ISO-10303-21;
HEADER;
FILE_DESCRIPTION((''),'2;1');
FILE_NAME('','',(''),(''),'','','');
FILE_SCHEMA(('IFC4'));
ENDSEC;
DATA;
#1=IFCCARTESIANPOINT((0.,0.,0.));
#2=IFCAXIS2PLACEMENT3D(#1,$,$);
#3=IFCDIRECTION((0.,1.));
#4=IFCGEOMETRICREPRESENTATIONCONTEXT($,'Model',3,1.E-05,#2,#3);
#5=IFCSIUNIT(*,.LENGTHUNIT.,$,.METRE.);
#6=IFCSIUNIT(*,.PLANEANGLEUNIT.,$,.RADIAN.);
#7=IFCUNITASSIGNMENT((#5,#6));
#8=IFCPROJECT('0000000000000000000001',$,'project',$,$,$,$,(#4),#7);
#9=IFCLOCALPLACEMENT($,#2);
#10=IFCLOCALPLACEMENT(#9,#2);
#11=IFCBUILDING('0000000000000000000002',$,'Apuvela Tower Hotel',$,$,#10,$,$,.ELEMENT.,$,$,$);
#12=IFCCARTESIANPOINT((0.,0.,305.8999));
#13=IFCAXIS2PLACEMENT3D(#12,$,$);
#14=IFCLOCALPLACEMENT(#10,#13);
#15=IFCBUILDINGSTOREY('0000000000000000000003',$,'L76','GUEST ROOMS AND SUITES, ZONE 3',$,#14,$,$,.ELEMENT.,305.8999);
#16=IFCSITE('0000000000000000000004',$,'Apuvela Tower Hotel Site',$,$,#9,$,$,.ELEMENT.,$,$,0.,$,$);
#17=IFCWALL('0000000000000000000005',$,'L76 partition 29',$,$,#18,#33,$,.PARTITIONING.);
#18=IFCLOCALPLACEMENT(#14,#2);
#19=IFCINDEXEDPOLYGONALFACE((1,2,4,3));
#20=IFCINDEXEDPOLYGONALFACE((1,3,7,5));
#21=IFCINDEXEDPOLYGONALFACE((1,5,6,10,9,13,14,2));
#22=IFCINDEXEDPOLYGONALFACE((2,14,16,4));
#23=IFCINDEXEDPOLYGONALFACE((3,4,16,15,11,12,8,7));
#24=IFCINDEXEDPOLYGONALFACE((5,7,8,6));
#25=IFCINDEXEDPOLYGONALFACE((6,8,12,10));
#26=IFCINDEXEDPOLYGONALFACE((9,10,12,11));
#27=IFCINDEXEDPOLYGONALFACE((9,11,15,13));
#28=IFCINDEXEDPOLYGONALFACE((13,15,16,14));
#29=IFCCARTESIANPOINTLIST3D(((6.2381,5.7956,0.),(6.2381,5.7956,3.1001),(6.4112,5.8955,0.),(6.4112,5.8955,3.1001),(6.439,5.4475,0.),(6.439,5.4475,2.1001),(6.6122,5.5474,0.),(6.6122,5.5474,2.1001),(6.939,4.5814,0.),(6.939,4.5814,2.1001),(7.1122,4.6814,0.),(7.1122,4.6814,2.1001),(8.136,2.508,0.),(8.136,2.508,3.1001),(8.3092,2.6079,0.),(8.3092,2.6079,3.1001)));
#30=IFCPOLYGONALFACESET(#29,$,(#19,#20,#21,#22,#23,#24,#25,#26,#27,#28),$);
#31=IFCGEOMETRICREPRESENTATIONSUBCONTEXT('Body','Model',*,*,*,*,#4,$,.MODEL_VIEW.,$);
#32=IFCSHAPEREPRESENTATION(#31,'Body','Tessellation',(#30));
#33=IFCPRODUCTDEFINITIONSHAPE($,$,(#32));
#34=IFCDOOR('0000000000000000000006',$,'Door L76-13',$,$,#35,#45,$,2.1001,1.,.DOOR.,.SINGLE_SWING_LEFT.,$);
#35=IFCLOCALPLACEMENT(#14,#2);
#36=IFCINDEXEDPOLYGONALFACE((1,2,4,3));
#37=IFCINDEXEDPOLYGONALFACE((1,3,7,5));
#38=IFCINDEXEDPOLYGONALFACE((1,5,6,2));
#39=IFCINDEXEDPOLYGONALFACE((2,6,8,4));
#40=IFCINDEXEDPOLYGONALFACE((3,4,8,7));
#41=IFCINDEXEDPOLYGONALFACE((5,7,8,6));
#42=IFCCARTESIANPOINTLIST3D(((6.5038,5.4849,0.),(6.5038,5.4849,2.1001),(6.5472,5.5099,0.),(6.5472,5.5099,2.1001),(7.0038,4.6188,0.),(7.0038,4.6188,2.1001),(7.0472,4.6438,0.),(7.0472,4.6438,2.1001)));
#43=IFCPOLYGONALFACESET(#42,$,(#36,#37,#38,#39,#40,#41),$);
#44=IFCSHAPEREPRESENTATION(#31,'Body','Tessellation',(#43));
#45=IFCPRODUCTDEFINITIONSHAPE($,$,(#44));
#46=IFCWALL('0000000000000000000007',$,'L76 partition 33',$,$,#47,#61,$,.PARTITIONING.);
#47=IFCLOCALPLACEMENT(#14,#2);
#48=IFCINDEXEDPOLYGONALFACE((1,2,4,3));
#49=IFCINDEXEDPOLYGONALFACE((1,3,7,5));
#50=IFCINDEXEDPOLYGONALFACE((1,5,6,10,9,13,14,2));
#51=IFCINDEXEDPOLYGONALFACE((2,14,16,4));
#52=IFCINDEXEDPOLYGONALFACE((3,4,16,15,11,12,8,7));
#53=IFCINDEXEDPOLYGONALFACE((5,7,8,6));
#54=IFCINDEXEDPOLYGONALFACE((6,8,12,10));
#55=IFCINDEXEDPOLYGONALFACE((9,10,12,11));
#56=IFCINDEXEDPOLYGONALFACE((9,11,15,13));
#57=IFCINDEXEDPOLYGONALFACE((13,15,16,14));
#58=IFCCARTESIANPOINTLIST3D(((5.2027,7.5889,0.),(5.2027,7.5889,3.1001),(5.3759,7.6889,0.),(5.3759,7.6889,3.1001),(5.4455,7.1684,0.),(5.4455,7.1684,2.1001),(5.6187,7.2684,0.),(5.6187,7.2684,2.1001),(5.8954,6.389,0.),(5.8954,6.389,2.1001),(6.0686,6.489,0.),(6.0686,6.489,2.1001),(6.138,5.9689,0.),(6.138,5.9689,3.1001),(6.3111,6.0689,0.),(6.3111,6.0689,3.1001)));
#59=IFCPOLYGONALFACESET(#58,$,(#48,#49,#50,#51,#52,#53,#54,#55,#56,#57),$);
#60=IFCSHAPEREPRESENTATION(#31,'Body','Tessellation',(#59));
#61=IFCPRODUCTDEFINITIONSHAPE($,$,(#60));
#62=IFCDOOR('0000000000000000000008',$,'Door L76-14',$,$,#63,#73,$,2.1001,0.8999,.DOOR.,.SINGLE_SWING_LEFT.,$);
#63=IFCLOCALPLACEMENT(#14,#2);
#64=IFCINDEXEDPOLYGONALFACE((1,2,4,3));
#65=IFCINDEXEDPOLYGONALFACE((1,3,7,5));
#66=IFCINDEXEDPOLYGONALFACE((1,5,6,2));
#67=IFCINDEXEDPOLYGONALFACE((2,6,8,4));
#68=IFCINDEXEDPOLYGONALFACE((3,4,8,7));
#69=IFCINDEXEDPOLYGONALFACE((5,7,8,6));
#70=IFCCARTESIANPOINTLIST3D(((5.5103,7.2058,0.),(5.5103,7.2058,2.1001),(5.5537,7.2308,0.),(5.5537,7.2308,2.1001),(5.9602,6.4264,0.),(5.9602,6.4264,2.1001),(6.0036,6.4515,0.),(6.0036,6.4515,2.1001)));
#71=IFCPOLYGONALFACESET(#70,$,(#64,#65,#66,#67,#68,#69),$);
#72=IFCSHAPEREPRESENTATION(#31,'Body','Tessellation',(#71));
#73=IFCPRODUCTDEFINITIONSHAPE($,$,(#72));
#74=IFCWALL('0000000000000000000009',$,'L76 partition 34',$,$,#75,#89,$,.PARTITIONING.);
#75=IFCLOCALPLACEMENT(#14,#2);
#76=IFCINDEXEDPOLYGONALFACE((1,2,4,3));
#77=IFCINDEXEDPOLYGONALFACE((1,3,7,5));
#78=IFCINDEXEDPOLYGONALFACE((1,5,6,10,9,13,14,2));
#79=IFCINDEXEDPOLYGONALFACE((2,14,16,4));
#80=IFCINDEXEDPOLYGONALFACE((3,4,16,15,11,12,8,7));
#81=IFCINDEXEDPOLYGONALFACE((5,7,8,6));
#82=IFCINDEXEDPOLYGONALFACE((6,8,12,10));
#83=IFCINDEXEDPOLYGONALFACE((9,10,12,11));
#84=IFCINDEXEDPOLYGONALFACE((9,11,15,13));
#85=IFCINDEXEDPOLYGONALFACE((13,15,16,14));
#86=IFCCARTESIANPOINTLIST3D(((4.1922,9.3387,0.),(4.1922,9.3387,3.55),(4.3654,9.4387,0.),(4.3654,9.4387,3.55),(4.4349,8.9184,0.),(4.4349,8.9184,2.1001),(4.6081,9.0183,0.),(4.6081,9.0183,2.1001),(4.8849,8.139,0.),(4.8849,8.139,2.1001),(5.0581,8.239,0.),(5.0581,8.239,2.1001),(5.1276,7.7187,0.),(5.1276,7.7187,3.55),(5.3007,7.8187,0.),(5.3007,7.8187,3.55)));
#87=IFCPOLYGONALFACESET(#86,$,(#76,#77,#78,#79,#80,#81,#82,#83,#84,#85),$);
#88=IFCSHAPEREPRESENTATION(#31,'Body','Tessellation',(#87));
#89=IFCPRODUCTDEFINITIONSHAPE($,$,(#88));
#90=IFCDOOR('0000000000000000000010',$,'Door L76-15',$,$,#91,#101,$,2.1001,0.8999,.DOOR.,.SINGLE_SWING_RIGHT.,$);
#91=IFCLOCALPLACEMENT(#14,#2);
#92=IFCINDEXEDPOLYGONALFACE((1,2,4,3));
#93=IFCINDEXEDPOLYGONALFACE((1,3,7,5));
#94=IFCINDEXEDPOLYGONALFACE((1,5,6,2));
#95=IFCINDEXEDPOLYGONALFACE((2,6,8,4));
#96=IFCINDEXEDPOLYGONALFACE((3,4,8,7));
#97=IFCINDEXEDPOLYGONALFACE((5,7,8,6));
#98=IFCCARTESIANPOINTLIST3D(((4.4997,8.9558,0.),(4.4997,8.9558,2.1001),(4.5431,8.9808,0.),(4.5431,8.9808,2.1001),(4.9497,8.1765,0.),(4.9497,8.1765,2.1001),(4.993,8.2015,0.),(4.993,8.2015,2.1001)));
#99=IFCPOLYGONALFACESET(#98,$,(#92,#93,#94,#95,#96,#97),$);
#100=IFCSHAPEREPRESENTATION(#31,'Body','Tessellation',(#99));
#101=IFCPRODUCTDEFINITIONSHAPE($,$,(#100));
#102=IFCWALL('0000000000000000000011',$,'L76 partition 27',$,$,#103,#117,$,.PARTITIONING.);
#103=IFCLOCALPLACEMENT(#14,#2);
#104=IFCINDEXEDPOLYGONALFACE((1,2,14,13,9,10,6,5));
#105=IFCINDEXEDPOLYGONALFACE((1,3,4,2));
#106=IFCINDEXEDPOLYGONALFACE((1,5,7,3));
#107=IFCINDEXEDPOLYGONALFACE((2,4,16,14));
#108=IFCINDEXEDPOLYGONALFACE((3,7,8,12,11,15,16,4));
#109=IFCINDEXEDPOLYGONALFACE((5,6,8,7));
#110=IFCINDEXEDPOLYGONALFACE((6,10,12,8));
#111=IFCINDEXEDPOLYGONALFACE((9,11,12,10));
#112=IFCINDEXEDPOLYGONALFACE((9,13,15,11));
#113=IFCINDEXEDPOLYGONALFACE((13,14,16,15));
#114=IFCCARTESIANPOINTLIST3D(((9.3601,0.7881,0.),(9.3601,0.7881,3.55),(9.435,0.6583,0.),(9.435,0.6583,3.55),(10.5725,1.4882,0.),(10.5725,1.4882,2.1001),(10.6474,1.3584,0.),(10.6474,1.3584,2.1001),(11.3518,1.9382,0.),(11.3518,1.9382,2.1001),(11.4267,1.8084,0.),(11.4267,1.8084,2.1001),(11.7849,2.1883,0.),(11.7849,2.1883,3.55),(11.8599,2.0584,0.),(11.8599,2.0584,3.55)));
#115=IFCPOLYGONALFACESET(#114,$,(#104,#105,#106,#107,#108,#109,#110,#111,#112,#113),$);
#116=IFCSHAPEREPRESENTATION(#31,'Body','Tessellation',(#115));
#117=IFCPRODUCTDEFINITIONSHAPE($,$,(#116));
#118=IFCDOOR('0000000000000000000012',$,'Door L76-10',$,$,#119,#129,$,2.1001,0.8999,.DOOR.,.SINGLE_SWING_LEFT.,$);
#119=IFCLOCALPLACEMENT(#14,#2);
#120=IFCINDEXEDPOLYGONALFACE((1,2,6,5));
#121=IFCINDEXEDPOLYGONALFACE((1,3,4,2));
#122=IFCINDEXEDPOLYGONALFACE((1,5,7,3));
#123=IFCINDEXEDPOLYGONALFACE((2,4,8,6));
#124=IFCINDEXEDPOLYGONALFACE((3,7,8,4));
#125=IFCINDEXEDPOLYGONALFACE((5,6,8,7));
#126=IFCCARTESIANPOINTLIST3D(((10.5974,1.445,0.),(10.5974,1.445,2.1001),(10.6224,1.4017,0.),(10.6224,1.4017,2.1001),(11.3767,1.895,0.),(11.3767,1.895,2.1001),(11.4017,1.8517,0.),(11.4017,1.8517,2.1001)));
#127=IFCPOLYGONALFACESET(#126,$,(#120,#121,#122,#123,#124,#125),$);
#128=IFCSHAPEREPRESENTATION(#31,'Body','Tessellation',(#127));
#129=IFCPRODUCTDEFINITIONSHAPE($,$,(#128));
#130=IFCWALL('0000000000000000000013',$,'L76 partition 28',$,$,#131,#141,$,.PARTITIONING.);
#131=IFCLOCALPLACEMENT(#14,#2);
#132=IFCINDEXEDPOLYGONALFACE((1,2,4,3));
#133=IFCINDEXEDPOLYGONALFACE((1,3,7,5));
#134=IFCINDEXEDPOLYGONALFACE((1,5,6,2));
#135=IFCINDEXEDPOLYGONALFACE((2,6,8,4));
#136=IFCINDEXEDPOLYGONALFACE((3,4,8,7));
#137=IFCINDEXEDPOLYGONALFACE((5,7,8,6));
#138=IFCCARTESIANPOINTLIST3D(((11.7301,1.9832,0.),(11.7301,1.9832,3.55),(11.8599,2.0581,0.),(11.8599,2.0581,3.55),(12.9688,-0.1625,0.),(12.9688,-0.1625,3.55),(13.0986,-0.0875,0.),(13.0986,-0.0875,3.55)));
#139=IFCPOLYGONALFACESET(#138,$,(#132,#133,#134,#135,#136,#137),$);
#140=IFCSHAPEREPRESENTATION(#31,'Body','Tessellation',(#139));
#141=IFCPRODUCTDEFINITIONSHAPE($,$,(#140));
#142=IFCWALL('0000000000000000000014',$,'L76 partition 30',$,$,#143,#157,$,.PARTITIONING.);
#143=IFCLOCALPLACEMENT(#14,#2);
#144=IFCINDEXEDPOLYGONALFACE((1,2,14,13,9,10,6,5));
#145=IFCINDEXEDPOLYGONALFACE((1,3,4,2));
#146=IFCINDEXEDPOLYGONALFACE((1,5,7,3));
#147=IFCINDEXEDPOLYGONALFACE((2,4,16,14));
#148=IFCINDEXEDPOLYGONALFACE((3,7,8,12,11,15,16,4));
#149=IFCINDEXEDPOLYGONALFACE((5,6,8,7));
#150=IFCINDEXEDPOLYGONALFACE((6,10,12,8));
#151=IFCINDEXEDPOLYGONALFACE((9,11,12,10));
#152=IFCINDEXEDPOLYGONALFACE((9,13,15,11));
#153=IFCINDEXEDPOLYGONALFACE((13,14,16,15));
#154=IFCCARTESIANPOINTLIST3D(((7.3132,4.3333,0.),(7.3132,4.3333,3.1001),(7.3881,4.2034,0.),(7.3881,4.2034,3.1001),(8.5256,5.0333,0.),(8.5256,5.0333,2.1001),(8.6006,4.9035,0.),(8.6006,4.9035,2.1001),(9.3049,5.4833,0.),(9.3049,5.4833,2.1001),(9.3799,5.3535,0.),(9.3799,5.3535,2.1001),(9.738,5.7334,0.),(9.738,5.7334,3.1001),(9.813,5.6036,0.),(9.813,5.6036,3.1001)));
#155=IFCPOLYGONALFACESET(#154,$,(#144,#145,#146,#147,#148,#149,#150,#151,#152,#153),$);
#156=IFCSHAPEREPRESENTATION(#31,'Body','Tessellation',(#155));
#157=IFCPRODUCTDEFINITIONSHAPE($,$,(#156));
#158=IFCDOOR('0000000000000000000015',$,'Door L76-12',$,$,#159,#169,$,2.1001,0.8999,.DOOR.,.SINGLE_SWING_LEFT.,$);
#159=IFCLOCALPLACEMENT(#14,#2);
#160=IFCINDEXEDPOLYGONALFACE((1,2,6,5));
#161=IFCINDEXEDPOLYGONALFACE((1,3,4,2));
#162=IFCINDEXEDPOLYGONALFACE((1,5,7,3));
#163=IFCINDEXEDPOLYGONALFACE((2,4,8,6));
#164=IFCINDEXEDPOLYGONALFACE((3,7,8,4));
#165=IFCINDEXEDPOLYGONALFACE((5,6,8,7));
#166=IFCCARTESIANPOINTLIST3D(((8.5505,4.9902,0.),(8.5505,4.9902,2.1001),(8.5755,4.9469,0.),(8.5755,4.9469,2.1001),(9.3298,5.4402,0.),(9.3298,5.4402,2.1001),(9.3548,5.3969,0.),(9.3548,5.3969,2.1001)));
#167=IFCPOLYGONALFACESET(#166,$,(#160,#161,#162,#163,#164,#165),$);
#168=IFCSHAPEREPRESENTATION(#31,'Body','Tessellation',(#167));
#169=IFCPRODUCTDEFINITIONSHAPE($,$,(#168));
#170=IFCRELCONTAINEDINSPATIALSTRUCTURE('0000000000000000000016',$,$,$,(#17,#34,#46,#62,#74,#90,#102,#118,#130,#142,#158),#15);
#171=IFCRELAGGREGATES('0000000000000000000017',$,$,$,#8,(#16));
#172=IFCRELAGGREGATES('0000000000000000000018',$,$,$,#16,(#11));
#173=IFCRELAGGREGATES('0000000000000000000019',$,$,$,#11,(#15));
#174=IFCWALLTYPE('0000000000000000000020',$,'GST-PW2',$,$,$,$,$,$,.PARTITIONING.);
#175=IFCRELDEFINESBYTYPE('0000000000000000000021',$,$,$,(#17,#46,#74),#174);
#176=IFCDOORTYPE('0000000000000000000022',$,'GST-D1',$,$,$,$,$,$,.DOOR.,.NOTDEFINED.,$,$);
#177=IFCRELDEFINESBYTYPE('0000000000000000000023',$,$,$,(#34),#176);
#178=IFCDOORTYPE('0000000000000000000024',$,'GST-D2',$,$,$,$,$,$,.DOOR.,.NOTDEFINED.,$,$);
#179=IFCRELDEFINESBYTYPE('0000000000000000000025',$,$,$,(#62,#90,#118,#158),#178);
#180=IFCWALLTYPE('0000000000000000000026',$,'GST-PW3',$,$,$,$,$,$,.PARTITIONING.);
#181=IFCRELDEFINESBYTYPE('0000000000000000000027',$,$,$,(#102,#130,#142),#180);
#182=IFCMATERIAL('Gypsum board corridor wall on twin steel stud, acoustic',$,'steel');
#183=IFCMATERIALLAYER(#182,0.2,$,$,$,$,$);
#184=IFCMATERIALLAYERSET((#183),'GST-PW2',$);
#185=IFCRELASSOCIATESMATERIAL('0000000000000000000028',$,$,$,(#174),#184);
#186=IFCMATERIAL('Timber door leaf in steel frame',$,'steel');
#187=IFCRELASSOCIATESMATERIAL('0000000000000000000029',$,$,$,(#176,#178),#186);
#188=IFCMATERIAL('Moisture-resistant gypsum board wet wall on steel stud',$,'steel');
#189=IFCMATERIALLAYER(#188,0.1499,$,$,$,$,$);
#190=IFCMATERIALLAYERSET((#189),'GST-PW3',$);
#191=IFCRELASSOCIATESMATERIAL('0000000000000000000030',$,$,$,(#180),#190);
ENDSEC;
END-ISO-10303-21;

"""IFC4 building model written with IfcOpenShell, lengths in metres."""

from ifc_helpers import new_model, si_unit, direction, frame, frame_2d, origin, place, context, subcontext, project, spatial, rectangle, extrude, material, layer, layer_set, type_object, element, fill, save


model = new_model("IFC4")

# Units and contexts
model_context = context("Model", 3, precision=1e-05, world=origin(), true_north=direction((0.0, 1.0)))
body_context = subcontext(model_context, "Body", "Model", "MODEL_VIEW")
ifc_project = project(units=[si_unit("LENGTHUNIT", "METRE"), si_unit("PLANEANGLEUNIT", "RADIAN")], contexts=[model_context])

# Site, building, storey
site_placement = place(None, origin())
site = spatial("IfcSite", under=ifc_project, at=site_placement, Name="Apuvela Tower Hotel Site", CompositionType="ELEMENT", RefElevation=0.0)
building_placement = place(site_placement, origin())
building = spatial("IfcBuilding", under=site, at=building_placement, Name="Apuvela Tower Hotel", CompositionType="ELEMENT")
storey_placement = place(building_placement, frame((0.0, 0.0, 305.8999)))
storey = spatial("IfcBuildingStorey", under=building, at=storey_placement, Name="L76", Description="GUEST ROOMS AND SUITES, ZONE 3", CompositionType="ELEMENT", Elevation=305.8999)

# Walls, openings, doors
ifc_material_1 = material(Name="Gypsum board corridor wall on twin steel stud, acoustic", Category="steel")
ifc_layer_1 = layer(ifc_material_1, 0.2)
ifc_layer_set_1 = layer_set([ifc_layer_1], Name="GST-PW2")
wall_type_1 = type_object("IfcWallType", Name="GST-PW2", PredefinedType="PARTITIONING", material=ifc_layer_set_1)
ifc_material_2 = material(Name="Timber door leaf in steel frame", Category="steel")
door_type_1 = type_object("IfcDoorType", Name="GST-D1", OperationType="NOTDEFINED", PredefinedType="DOOR", material=ifc_material_2)
wall_1_placement = place(storey_placement, frame((6.3247, 5.8455, 0.0), z_axis=(0.0, 0.0, 1.0), x_axis=(0.499971, -0.866042, 0.0)))
wall_1 = element("IfcWall", 1, at=wall_1_placement, inside=storey, type_object=wall_type_1, Name="L76 partition 29", PredefinedType="PARTITIONING", context=body_context, shape_type="SweptSolid", body=[
    extrude(rectangle(XDim=3.7961, YDim=0.2, at=frame_2d((1.8979, 0.0))), origin(), (0.0, 0.0, 1.0), 3.1001),
])
opening_1_placement = place(wall_1_placement, frame((0.4019, 0.0, 0.0)))
opening_1 = element("IfcOpeningElement", 2, at=opening_1_placement, cuts=wall_1, PredefinedType="OPENING", context=body_context, shape_type="SweptSolid", body=[
    extrude(rectangle(XDim=1.0, YDim=2.1001, at=frame_2d((0.5, 1.05))), frame((0.0, 0.1099, 0.0), z_axis=(0.0, -1.0, 0.0), x_axis=(1.0, 0.0, 0.0)), (0.0, 0.0, 1.0), 0.22),
])
door_1_placement = place(opening_1_placement, origin())
door_1 = element("IfcDoor", 3, at=door_1_placement, inside=storey, type_object=door_type_1, Name="Door L76-13", OperationType="SINGLE_SWING_LEFT", OverallHeight=2.1001, OverallWidth=1.0, PredefinedType="DOOR", context=body_context, shape_type="SweptSolid", body=[
    extrude(rectangle(XDim=1.0, YDim=2.1001, at=frame_2d((0.5, 1.05))), frame((0.0, 0.0249, 0.0), z_axis=(0.0, -1.0, 0.0), x_axis=(1.0, 0.0, 0.0)), (0.0, 0.0, 1.0), 0.05),
])
fill(opening_1, door_1)
wall_2_placement = place(storey_placement, frame((5.2893, 7.6389, 0.0), z_axis=(0.0, 0.0, 1.0), x_axis=(0.499971, -0.866042, 0.0)))
wall_2 = element("IfcWall", 4, at=wall_2_placement, inside=storey, type_object=wall_type_1, Name="L76 partition 33", PredefinedType="PARTITIONING", context=body_context, shape_type="SweptSolid", body=[
    extrude(rectangle(XDim=1.8706, YDim=0.2, at=frame_2d((0.9353, 0.0))), origin(), (0.0, 0.0, 1.0), 3.1001),
])
opening_2_placement = place(wall_2_placement, frame((0.4856, 0.0, 0.0)))
opening_2 = element("IfcOpeningElement", 5, at=opening_2_placement, cuts=wall_2, PredefinedType="OPENING", context=body_context, shape_type="SweptSolid", body=[
    extrude(rectangle(XDim=0.8999, YDim=2.1001, at=frame_2d((0.45, 1.05))), frame((0.0, 0.1099, 0.0), z_axis=(0.0, -1.0, 0.0), x_axis=(1.0, 0.0, 0.0)), (0.0, 0.0, 1.0), 0.22),
])
door_type_2 = type_object("IfcDoorType", Name="GST-D2", OperationType="NOTDEFINED", PredefinedType="DOOR", material=ifc_material_2)
door_2_placement = place(opening_2_placement, origin())
door_2 = element("IfcDoor", 6, at=door_2_placement, inside=storey, type_object=door_type_2, Name="Door L76-14", OperationType="SINGLE_SWING_LEFT", OverallHeight=2.1001, OverallWidth=0.8999, PredefinedType="DOOR", context=body_context, shape_type="SweptSolid", body=[
    extrude(rectangle(XDim=0.8999, YDim=2.1001, at=frame_2d((0.45, 1.05))), frame((0.0, 0.0249, 0.0), z_axis=(0.0, -1.0, 0.0), x_axis=(1.0, 0.0, 0.0)), (0.0, 0.0, 1.0), 0.05),
])
fill(opening_2, door_2)
wall_3_placement = place(storey_placement, frame((4.2788, 9.3887, 0.0), z_axis=(0.0, 0.0, 1.0), x_axis=(0.500028, -0.86601, 0.0)))
wall_3 = element("IfcWall", 7, at=wall_3_placement, inside=storey, type_object=wall_type_1, Name="L76 partition 34", PredefinedType="PARTITIONING", context=body_context, shape_type="SweptSolid", body=[
    extrude(rectangle(XDim=1.8706, YDim=0.2, at=frame_2d((0.9353, 0.0))), origin(), (0.0, 0.0, 1.0), 3.55),
])
opening_3_placement = place(wall_3_placement, frame((0.4854, 0.0, 0.0)))
opening_3 = element("IfcOpeningElement", 8, at=opening_3_placement, cuts=wall_3, PredefinedType="OPENING", context=body_context, shape_type="SweptSolid", body=[
    extrude(rectangle(XDim=0.8999, YDim=2.1001, at=frame_2d((0.45, 1.05))), frame((0.0, 0.1099, 0.0), z_axis=(0.0, -1.0, 0.0), x_axis=(1.0, 0.0, 0.0)), (0.0, 0.0, 1.0), 0.22),
])
door_3_placement = place(opening_3_placement, origin())
door_3 = element("IfcDoor", 9, at=door_3_placement, inside=storey, type_object=door_type_2, Name="Door L76-15", OperationType="SINGLE_SWING_RIGHT", OverallHeight=2.1001, OverallWidth=0.8999, PredefinedType="DOOR", context=body_context, shape_type="SweptSolid", body=[
    extrude(rectangle(XDim=0.8999, YDim=2.1001, at=frame_2d((0.45, 1.05))), frame((0.0, 0.0249, 0.0), z_axis=(0.0, -1.0, 0.0), x_axis=(1.0, 0.0, 0.0)), (0.0, 0.0, 1.0), 0.05),
])
fill(opening_3, door_3)
ifc_material_3 = material(Name="Moisture-resistant gypsum board wet wall on steel stud", Category="steel")
ifc_layer_2 = layer(ifc_material_3, 0.1499)
ifc_layer_set_2 = layer_set([ifc_layer_2], Name="GST-PW3")
wall_type_2 = type_object("IfcWallType", Name="GST-PW3", PredefinedType="PARTITIONING", material=ifc_layer_set_2)
wall_4_placement = place(storey_placement, frame((11.8223, 2.1233, 0.0), z_axis=(0.0, 0.0, 1.0), x_axis=(-0.865997, -0.50005, 0.0)))
wall_4 = element("IfcWall", 10, at=wall_4_placement, inside=storey, type_object=wall_type_2, Name="L76 partition 27", PredefinedType="PARTITIONING", context=body_context, shape_type="SweptSolid", body=[
    extrude(rectangle(XDim=2.8, YDim=0.1499, at=frame_2d((1.3999, 0.0))), origin(), (0.0, 0.0, 1.0), 3.55),
])
opening_4_placement = place(wall_4_placement, frame((0.5, 0.0, 0.0)))
opening_4 = element("IfcOpeningElement", 11, at=opening_4_placement, cuts=wall_4, PredefinedType="OPENING", context=body_context, shape_type="SweptSolid", body=[
    extrude(rectangle(XDim=0.8999, YDim=2.1001, at=frame_2d((0.45, 1.05))), frame((0.0, 0.085, 0.0), z_axis=(0.0, -1.0, 0.0), x_axis=(1.0, 0.0, 0.0)), (0.0, 0.0, 1.0), 0.1699),
])
door_4_placement = place(opening_4_placement, origin())
door_4 = element("IfcDoor", 12, at=door_4_placement, inside=storey, type_object=door_type_2, Name="Door L76-10", OperationType="SINGLE_SWING_LEFT", OverallHeight=2.1001, OverallWidth=0.8999, PredefinedType="DOOR", context=body_context, shape_type="SweptSolid", body=[
    extrude(rectangle(XDim=0.8999, YDim=2.1001, at=frame_2d((0.45, 1.05))), frame((0.0, 0.0249, 0.0), z_axis=(0.0, -1.0, 0.0), x_axis=(1.0, 0.0, 0.0)), (0.0, 0.0, 1.0), 0.05),
])
fill(opening_4, door_4)

# Wall
wall_5_placement = place(storey_placement, frame((13.0337, -0.125, 0.0), z_axis=(0.0, 0.0, 1.0), x_axis=(-0.499975, 0.86604, 0.0)))
element("IfcWall", 13, at=wall_5_placement, inside=storey, type_object=wall_type_2, Name="L76 partition 28", PredefinedType="PARTITIONING", context=body_context, shape_type="SweptSolid", body=[
    extrude(rectangle(XDim=2.4775, YDim=0.1499, at=frame_2d((1.2388, 0.0))), origin(), (0.0, 0.0, 1.0), 3.55),
])

# Wall, opening, door
wall_6_placement = place(storey_placement, frame((9.7754, 5.6685, 0.0), z_axis=(0.0, 0.0, 1.0), x_axis=(-0.865997, -0.50005, 0.0)))
wall_6 = element("IfcWall", 14, at=wall_6_placement, inside=storey, type_object=wall_type_2, Name="L76 partition 30", PredefinedType="PARTITIONING", context=body_context, shape_type="SweptSolid", body=[
    extrude(rectangle(XDim=2.8, YDim=0.1499, at=frame_2d((1.3999, 0.0))), origin(), (0.0, 0.0, 1.0), 3.1001),
])
opening_5_placement = place(wall_6_placement, frame((0.5, 0.0, 0.0)))
opening_5 = element("IfcOpeningElement", 15, at=opening_5_placement, cuts=wall_6, PredefinedType="OPENING", context=body_context, shape_type="SweptSolid", body=[
    extrude(rectangle(XDim=0.8999, YDim=2.1001, at=frame_2d((0.45, 1.05))), frame((0.0, 0.085, 0.0), z_axis=(0.0, -1.0, 0.0), x_axis=(1.0, 0.0, 0.0)), (0.0, 0.0, 1.0), 0.1699),
])
door_5_placement = place(opening_5_placement, origin())
door_5 = element("IfcDoor", 16, at=door_5_placement, inside=storey, type_object=door_type_2, Name="Door L76-12", OperationType="SINGLE_SWING_LEFT", OverallHeight=2.1001, OverallWidth=0.8999, PredefinedType="DOOR", context=body_context, shape_type="SweptSolid", body=[
    extrude(rectangle(XDim=0.8999, YDim=2.1001, at=frame_2d((0.45, 1.05))), frame((0.0, 0.0249, 0.0), z_axis=(0.0, -1.0, 0.0), x_axis=(1.0, 0.0, 0.0)), (0.0, 0.0, 1.0), 0.05),
])
fill(opening_5, door_5)

save(model, "model.ifc")
